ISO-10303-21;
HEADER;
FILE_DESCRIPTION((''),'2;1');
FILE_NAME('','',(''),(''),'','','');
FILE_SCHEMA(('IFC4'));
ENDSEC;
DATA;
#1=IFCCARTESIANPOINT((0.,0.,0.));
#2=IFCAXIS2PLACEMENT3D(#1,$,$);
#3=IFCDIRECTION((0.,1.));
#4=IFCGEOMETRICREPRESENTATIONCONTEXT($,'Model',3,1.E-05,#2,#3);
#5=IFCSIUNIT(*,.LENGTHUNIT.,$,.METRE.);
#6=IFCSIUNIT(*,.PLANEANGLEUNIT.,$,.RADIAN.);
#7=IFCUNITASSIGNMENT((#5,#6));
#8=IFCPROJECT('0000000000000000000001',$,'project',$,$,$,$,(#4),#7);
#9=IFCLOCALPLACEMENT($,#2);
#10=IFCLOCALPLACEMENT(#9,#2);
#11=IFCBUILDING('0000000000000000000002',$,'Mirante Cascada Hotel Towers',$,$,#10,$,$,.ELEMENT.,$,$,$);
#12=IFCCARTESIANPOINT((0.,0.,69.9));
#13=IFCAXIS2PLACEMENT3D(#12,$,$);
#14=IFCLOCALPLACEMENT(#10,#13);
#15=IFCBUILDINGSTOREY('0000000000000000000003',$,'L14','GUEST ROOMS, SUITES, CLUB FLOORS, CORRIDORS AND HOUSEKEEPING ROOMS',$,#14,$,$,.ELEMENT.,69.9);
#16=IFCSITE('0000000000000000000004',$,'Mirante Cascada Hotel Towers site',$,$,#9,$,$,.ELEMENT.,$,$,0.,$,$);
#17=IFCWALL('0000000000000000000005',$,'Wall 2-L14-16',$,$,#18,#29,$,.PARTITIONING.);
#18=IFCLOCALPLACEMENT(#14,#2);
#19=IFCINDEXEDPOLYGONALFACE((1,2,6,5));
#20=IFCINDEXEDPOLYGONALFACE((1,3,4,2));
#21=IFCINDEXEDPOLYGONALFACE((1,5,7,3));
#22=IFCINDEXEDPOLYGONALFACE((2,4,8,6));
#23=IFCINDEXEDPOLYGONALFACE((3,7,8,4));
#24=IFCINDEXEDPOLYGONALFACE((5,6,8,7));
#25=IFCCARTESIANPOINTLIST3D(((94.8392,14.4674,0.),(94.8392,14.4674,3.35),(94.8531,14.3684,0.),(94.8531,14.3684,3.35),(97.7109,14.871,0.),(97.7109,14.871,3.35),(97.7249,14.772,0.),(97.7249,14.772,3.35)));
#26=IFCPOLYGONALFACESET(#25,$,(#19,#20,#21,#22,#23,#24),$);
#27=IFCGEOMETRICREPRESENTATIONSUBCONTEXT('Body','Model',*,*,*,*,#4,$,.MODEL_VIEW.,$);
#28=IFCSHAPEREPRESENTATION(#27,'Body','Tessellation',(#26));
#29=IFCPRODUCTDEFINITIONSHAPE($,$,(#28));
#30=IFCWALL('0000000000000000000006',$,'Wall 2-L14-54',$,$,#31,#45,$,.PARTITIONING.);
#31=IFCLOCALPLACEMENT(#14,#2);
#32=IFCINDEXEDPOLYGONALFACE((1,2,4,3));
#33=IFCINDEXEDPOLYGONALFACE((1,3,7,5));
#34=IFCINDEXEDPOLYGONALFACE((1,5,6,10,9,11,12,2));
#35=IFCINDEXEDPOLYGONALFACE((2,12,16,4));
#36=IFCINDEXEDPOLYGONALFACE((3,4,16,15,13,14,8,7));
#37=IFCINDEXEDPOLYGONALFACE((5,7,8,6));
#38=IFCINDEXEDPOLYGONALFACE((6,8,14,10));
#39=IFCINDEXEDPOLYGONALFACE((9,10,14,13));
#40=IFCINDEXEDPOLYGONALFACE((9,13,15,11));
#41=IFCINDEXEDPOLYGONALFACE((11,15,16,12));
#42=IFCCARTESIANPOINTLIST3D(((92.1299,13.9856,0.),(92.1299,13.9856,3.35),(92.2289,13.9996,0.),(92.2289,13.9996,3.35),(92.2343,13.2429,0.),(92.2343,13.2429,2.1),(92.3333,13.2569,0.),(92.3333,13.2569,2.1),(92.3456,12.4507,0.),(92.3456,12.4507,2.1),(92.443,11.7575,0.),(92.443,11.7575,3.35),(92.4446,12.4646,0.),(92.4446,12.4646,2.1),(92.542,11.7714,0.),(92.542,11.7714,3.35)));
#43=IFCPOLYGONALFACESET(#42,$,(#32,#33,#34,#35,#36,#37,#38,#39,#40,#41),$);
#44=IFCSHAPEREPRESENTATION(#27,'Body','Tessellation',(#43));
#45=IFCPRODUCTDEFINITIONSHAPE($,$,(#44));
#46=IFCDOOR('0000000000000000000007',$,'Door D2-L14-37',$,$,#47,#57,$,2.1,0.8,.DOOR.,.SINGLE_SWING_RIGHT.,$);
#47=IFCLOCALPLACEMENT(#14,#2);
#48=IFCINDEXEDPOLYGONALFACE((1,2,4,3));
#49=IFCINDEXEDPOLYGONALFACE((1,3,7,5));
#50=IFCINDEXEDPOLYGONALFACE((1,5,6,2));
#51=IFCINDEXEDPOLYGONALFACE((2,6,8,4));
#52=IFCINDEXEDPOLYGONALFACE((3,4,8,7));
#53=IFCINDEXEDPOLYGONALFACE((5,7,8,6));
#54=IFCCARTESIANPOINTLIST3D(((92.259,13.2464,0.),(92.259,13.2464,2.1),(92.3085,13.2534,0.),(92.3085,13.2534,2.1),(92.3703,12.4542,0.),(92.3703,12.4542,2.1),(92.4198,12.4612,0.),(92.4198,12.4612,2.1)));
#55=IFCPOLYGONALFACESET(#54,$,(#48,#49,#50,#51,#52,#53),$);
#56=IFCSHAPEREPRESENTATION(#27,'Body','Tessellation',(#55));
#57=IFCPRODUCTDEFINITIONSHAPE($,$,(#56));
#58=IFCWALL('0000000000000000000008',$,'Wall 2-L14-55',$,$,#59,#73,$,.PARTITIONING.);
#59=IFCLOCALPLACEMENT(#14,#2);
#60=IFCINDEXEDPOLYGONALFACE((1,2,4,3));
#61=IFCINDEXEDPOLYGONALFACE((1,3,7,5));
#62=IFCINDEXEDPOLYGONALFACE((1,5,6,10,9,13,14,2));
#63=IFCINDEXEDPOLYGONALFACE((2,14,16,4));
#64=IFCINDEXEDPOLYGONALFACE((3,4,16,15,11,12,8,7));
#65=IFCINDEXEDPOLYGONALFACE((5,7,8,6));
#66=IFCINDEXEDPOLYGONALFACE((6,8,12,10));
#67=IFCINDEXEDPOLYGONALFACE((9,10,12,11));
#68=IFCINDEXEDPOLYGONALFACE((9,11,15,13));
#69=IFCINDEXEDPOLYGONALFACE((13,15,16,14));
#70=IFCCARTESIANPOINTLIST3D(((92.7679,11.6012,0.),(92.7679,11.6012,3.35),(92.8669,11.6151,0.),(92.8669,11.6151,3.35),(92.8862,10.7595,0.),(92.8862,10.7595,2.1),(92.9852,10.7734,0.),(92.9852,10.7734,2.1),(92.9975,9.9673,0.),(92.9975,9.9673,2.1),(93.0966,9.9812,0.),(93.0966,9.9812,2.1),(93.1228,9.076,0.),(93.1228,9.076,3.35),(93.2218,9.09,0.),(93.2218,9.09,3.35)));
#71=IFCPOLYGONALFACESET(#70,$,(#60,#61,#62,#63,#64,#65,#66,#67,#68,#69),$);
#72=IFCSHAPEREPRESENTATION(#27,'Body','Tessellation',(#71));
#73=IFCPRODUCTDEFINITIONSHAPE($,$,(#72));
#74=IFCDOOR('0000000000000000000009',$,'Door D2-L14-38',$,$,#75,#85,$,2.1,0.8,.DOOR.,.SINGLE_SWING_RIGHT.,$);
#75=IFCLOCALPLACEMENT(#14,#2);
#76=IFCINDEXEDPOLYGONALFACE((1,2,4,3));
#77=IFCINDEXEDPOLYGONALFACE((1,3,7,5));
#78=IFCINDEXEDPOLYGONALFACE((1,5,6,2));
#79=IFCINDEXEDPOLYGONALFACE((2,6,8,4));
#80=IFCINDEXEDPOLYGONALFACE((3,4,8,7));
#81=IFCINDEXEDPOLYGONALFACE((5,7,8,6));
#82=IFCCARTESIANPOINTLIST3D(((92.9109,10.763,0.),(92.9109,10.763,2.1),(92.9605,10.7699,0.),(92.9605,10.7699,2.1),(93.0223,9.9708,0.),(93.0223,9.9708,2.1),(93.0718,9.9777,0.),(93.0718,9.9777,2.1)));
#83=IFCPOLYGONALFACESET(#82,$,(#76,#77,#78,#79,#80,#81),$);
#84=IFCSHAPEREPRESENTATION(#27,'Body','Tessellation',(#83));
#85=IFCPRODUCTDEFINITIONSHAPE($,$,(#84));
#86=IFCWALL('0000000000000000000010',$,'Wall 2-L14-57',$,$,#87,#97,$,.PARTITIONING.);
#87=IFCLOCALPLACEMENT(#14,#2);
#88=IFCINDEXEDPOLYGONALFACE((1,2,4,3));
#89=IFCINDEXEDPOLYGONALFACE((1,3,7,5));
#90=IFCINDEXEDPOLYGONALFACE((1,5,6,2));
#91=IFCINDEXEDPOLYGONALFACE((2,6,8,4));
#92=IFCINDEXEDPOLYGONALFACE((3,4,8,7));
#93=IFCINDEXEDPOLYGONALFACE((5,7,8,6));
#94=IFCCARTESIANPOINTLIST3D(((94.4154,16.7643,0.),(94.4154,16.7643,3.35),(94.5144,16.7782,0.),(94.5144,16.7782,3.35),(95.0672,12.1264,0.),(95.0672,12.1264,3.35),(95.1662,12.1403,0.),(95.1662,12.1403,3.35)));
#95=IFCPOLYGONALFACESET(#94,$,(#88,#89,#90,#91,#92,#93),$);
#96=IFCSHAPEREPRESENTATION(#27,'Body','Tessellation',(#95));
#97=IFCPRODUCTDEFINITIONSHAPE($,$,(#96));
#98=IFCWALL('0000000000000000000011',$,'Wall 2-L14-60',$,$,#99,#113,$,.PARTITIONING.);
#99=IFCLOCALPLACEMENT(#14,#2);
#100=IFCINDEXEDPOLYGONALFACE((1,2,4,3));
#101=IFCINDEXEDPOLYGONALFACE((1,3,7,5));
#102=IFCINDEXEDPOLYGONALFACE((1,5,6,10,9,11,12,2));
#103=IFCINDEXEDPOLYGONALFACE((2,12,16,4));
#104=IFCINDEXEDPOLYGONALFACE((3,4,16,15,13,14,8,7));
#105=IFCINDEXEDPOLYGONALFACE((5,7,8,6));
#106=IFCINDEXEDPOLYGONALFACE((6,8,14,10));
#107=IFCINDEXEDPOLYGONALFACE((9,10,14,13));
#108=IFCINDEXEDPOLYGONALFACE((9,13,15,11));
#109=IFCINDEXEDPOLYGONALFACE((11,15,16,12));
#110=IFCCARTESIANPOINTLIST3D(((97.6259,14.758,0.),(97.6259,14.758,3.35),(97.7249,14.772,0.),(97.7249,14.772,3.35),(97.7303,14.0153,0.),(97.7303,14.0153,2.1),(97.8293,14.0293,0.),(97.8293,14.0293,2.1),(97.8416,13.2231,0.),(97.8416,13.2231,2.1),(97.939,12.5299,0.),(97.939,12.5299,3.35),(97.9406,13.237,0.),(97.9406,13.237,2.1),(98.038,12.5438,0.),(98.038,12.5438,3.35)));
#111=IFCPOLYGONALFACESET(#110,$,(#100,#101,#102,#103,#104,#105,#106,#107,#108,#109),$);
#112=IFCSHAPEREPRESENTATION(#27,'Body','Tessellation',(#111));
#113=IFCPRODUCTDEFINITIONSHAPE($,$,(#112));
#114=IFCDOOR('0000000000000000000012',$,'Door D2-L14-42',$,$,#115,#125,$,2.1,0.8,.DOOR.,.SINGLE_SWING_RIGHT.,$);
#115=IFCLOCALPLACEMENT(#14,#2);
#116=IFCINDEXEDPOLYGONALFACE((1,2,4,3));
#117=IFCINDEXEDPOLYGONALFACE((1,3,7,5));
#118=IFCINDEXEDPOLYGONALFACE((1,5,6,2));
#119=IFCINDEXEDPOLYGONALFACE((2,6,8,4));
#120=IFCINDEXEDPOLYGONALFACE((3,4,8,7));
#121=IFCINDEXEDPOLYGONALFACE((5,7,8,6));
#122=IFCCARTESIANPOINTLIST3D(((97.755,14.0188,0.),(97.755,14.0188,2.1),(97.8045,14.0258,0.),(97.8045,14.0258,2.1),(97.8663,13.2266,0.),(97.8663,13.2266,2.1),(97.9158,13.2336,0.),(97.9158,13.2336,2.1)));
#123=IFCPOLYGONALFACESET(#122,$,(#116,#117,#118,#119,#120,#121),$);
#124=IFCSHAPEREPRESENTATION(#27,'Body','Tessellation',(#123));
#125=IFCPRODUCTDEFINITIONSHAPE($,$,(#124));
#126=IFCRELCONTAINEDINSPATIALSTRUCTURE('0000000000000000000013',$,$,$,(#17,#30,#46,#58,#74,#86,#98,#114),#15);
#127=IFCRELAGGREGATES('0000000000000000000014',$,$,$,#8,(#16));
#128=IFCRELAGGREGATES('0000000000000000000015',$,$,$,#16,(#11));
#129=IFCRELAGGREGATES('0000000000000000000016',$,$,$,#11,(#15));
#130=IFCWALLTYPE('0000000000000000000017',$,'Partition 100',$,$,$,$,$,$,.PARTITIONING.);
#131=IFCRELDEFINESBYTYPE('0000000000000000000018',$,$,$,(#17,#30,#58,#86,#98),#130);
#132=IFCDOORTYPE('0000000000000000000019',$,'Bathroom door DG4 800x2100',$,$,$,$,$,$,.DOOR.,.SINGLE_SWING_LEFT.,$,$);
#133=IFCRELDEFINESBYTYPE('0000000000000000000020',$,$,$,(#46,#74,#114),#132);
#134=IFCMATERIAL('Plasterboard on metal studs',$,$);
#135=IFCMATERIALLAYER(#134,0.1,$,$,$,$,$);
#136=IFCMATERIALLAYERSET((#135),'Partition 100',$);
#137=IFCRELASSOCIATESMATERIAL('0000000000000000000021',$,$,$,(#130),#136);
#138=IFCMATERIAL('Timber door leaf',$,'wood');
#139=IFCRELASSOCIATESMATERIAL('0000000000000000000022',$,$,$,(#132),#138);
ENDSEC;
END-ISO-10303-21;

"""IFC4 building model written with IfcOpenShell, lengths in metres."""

from ifc_helpers import new_model, si_unit, direction, frame, frame_2d, origin, place, context, subcontext, project, spatial, rectangle, extrude, material, layer, layer_set, type_object, element, fill, save


model = new_model("IFC4")

# Units and contexts
model_context = context("Model", 3, precision=1e-05, world=origin(), true_north=direction((0.0, 1.0)))
body_context = subcontext(model_context, "Body", "Model", "MODEL_VIEW")
ifc_project = project(units=[si_unit("LENGTHUNIT", "METRE"), si_unit("PLANEANGLEUNIT", "RADIAN")], contexts=[model_context])

# Site, building, storey
site_placement = place(None, origin())
site = spatial("IfcSite", under=ifc_project, at=site_placement, Name="Mirante Cascada Hotel Towers site", CompositionType="ELEMENT", RefElevation=0.0)
building_placement = place(site_placement, origin())
building = spatial("IfcBuilding", under=site, at=building_placement, Name="Mirante Cascada Hotel Towers", CompositionType="ELEMENT")
storey_placement = place(building_placement, frame((0.0, 0.0, 69.9)))
storey = spatial("IfcBuildingStorey", under=building, at=storey_placement, Name="L14", Description="GUEST ROOMS, SUITES, CLUB FLOORS, CORRIDORS AND HOUSEKEEPING ROOMS", CompositionType="ELEMENT", Elevation=69.9)

# Wall
ifc_material_1 = material(Name="Plasterboard on metal studs")
ifc_layer_1 = layer(ifc_material_1, 0.1)
ifc_layer_set_1 = layer_set([ifc_layer_1], Name="Partition 100")
wall_type_1 = type_object("IfcWallType", Name="Partition 100", PredefinedType="PARTITIONING", material=ifc_layer_set_1)
wall_1_placement = place(storey_placement, frame((97.7179, 14.8215, 0.0), z_axis=(0.0, 0.0, 1.0), x_axis=(-0.990268, -0.139171, 0.0)))
element("IfcWall", 1, at=wall_1_placement, inside=storey, type_object=wall_type_1, Name="Wall 2-L14-16", PredefinedType="PARTITIONING", context=body_context, shape_type="SweptSolid", body=[
    extrude(rectangle(XDim=2.9, YDim=0.1, at=frame_2d((1.45, 0.0))), origin(), (0.0, 0.0, 1.0), 3.35),
])

# Walls, openings, doors
wall_2_placement = place(storey_placement, frame((92.1794, 13.9926, 0.0), z_axis=(0.0, 0.0, 1.0), x_axis=(0.139156, -0.990271, 0.0)))
wall_2 = element("IfcWall", 2, at=wall_2_placement, inside=storey, type_object=wall_type_1, Name="Wall 2-L14-54", PredefinedType="PARTITIONING", context=body_context, shape_type="SweptSolid", body=[
    extrude(rectangle(XDim=2.25, YDim=0.1, at=frame_2d((1.125, 0.0))), origin(), (0.0, 0.0, 1.0), 3.35),
])
opening_1_placement = place(wall_2_placement, frame((0.75, 0.0, 0.0)))
opening_1 = element("IfcOpeningElement", 3, at=opening_1_placement, cuts=wall_2, PredefinedType="OPENING", context=body_context, shape_type="SweptSolid", body=[
    extrude(rectangle(XDim=0.8, YDim=2.1, at=frame_2d((0.4, 1.05))), frame((0.0, 0.05, 0.0), z_axis=(0.0, -1.0, 0.0), x_axis=(1.0, 0.0, 0.0)), (0.0, 0.0, 1.0), 0.1),
])
ifc_material_2 = material(Name="Timber door leaf", Category="wood")
door_type_1 = type_object("IfcDoorType", Name="Bathroom door DG4 800x2100", OperationType="SINGLE_SWING_LEFT", PredefinedType="DOOR", material=ifc_material_2)
door_1_placement = place(opening_1_placement, frame((0.8, 0.0, 0.0), z_axis=(0.0, 0.0, 1.0), x_axis=(-1.0, 0.0, 0.0)))
door_1 = element("IfcDoor", 4, at=door_1_placement, inside=storey, type_object=door_type_1, Name="Door D2-L14-37", OperationType="SINGLE_SWING_RIGHT", OverallHeight=2.1, OverallWidth=0.8, PredefinedType="DOOR", context=body_context, shape_type="SweptSolid", body=[
    extrude(rectangle(XDim=0.8, YDim=2.1, at=frame_2d((0.4, 1.05))), frame((0.0, 0.025, 0.0), z_axis=(0.0, -1.0, 0.0), x_axis=(1.0, 0.0, 0.0)), (0.0, 0.0, 1.0), 0.05),
])
fill(opening_1, door_1)
wall_3_placement = place(storey_placement, frame((93.1723, 9.083, 0.0), z_axis=(0.0, 0.0, 1.0), x_axis=(-0.139176, 0.990268, 0.0)))
wall_3 = element("IfcWall", 5, at=wall_3_placement, inside=storey, type_object=wall_type_1, Name="Wall 2-L14-55", PredefinedType="PARTITIONING", context=body_context, shape_type="SweptSolid", body=[
    extrude(rectangle(XDim=2.55, YDim=0.1, at=frame_2d((1.275, 0.0))), origin(), (0.0, 0.0, 1.0), 3.35),
])
opening_2_placement = place(wall_3_placement, frame((0.9, 0.0, 0.0)))
opening_2 = element("IfcOpeningElement", 6, at=opening_2_placement, cuts=wall_3, PredefinedType="OPENING", context=body_context, shape_type="SweptSolid", body=[
    extrude(rectangle(XDim=0.8, YDim=2.1, at=frame_2d((0.4, 1.05))), frame((0.0, 0.05, 0.0), z_axis=(0.0, -1.0, 0.0), x_axis=(1.0, 0.0, 0.0)), (0.0, 0.0, 1.0), 0.1),
])
door_2_placement = place(opening_2_placement, frame((0.8, 0.0, 0.0), z_axis=(0.0, 0.0, 1.0), x_axis=(-1.0, 0.0, 0.0)))
door_2 = element("IfcDoor", 7, at=door_2_placement, inside=storey, type_object=door_type_1, Name="Door D2-L14-38", OperationType="SINGLE_SWING_RIGHT", OverallHeight=2.1, OverallWidth=0.8, PredefinedType="DOOR", context=body_context, shape_type="SweptSolid", body=[
    extrude(rectangle(XDim=0.8, YDim=2.1, at=frame_2d((0.4, 1.05))), frame((0.0, 0.025, 0.0), z_axis=(0.0, -1.0, 0.0), x_axis=(1.0, 0.0, 0.0)), (0.0, 0.0, 1.0), 0.05),
])
fill(opening_2, door_2)

# Wall
wall_4_placement = place(storey_placement, frame((95.1167, 12.1333, 0.0), z_axis=(0.0, 0.0, 1.0), x_axis=(-0.13917, 0.990268, 0.0)))
element("IfcWall", 8, at=wall_4_placement, inside=storey, type_object=wall_type_1, Name="Wall 2-L14-57", PredefinedType="PARTITIONING", context=body_context, shape_type="SweptSolid", body=[
    extrude(rectangle(XDim=4.6835, YDim=0.1, at=frame_2d((2.3418, 0.0))), origin(), (0.0, 0.0, 1.0), 3.35),
])

# Wall, opening, door
wall_5_placement = place(storey_placement, frame((97.6754, 14.765, 0.0), z_axis=(0.0, 0.0, 1.0), x_axis=(0.139156, -0.990271, 0.0)))
wall_5 = element("IfcWall", 9, at=wall_5_placement, inside=storey, type_object=wall_type_1, Name="Wall 2-L14-60", PredefinedType="PARTITIONING", context=body_context, shape_type="SweptSolid", body=[
    extrude(rectangle(XDim=2.25, YDim=0.1, at=frame_2d((1.125, 0.0))), origin(), (0.0, 0.0, 1.0), 3.35),
])
opening_3_placement = place(wall_5_placement, frame((0.75, 0.0, 0.0)))
opening_3 = element("IfcOpeningElement", 10, at=opening_3_placement, cuts=wall_5, PredefinedType="OPENING", context=body_context, shape_type="SweptSolid", body=[
    extrude(rectangle(XDim=0.8, YDim=2.1, at=frame_2d((0.4, 1.05))), frame((0.0, 0.05, 0.0), z_axis=(0.0, -1.0, 0.0), x_axis=(1.0, 0.0, 0.0)), (0.0, 0.0, 1.0), 0.1),
])
door_3_placement = place(opening_3_placement, frame((0.8, 0.0, 0.0), z_axis=(0.0, 0.0, 1.0), x_axis=(-1.0, 0.0, 0.0)))
door_3 = element("IfcDoor", 11, at=door_3_placement, inside=storey, type_object=door_type_1, Name="Door D2-L14-42", OperationType="SINGLE_SWING_RIGHT", OverallHeight=2.1, OverallWidth=0.8, PredefinedType="DOOR", context=body_context, shape_type="SweptSolid", body=[
    extrude(rectangle(XDim=0.8, YDim=2.1, at=frame_2d((0.4, 1.05))), frame((0.0, 0.025, 0.0), z_axis=(0.0, -1.0, 0.0), x_axis=(1.0, 0.0, 0.0)), (0.0, 0.0, 1.0), 0.05),
])
fill(opening_3, door_3)

save(model, "model.ifc")
